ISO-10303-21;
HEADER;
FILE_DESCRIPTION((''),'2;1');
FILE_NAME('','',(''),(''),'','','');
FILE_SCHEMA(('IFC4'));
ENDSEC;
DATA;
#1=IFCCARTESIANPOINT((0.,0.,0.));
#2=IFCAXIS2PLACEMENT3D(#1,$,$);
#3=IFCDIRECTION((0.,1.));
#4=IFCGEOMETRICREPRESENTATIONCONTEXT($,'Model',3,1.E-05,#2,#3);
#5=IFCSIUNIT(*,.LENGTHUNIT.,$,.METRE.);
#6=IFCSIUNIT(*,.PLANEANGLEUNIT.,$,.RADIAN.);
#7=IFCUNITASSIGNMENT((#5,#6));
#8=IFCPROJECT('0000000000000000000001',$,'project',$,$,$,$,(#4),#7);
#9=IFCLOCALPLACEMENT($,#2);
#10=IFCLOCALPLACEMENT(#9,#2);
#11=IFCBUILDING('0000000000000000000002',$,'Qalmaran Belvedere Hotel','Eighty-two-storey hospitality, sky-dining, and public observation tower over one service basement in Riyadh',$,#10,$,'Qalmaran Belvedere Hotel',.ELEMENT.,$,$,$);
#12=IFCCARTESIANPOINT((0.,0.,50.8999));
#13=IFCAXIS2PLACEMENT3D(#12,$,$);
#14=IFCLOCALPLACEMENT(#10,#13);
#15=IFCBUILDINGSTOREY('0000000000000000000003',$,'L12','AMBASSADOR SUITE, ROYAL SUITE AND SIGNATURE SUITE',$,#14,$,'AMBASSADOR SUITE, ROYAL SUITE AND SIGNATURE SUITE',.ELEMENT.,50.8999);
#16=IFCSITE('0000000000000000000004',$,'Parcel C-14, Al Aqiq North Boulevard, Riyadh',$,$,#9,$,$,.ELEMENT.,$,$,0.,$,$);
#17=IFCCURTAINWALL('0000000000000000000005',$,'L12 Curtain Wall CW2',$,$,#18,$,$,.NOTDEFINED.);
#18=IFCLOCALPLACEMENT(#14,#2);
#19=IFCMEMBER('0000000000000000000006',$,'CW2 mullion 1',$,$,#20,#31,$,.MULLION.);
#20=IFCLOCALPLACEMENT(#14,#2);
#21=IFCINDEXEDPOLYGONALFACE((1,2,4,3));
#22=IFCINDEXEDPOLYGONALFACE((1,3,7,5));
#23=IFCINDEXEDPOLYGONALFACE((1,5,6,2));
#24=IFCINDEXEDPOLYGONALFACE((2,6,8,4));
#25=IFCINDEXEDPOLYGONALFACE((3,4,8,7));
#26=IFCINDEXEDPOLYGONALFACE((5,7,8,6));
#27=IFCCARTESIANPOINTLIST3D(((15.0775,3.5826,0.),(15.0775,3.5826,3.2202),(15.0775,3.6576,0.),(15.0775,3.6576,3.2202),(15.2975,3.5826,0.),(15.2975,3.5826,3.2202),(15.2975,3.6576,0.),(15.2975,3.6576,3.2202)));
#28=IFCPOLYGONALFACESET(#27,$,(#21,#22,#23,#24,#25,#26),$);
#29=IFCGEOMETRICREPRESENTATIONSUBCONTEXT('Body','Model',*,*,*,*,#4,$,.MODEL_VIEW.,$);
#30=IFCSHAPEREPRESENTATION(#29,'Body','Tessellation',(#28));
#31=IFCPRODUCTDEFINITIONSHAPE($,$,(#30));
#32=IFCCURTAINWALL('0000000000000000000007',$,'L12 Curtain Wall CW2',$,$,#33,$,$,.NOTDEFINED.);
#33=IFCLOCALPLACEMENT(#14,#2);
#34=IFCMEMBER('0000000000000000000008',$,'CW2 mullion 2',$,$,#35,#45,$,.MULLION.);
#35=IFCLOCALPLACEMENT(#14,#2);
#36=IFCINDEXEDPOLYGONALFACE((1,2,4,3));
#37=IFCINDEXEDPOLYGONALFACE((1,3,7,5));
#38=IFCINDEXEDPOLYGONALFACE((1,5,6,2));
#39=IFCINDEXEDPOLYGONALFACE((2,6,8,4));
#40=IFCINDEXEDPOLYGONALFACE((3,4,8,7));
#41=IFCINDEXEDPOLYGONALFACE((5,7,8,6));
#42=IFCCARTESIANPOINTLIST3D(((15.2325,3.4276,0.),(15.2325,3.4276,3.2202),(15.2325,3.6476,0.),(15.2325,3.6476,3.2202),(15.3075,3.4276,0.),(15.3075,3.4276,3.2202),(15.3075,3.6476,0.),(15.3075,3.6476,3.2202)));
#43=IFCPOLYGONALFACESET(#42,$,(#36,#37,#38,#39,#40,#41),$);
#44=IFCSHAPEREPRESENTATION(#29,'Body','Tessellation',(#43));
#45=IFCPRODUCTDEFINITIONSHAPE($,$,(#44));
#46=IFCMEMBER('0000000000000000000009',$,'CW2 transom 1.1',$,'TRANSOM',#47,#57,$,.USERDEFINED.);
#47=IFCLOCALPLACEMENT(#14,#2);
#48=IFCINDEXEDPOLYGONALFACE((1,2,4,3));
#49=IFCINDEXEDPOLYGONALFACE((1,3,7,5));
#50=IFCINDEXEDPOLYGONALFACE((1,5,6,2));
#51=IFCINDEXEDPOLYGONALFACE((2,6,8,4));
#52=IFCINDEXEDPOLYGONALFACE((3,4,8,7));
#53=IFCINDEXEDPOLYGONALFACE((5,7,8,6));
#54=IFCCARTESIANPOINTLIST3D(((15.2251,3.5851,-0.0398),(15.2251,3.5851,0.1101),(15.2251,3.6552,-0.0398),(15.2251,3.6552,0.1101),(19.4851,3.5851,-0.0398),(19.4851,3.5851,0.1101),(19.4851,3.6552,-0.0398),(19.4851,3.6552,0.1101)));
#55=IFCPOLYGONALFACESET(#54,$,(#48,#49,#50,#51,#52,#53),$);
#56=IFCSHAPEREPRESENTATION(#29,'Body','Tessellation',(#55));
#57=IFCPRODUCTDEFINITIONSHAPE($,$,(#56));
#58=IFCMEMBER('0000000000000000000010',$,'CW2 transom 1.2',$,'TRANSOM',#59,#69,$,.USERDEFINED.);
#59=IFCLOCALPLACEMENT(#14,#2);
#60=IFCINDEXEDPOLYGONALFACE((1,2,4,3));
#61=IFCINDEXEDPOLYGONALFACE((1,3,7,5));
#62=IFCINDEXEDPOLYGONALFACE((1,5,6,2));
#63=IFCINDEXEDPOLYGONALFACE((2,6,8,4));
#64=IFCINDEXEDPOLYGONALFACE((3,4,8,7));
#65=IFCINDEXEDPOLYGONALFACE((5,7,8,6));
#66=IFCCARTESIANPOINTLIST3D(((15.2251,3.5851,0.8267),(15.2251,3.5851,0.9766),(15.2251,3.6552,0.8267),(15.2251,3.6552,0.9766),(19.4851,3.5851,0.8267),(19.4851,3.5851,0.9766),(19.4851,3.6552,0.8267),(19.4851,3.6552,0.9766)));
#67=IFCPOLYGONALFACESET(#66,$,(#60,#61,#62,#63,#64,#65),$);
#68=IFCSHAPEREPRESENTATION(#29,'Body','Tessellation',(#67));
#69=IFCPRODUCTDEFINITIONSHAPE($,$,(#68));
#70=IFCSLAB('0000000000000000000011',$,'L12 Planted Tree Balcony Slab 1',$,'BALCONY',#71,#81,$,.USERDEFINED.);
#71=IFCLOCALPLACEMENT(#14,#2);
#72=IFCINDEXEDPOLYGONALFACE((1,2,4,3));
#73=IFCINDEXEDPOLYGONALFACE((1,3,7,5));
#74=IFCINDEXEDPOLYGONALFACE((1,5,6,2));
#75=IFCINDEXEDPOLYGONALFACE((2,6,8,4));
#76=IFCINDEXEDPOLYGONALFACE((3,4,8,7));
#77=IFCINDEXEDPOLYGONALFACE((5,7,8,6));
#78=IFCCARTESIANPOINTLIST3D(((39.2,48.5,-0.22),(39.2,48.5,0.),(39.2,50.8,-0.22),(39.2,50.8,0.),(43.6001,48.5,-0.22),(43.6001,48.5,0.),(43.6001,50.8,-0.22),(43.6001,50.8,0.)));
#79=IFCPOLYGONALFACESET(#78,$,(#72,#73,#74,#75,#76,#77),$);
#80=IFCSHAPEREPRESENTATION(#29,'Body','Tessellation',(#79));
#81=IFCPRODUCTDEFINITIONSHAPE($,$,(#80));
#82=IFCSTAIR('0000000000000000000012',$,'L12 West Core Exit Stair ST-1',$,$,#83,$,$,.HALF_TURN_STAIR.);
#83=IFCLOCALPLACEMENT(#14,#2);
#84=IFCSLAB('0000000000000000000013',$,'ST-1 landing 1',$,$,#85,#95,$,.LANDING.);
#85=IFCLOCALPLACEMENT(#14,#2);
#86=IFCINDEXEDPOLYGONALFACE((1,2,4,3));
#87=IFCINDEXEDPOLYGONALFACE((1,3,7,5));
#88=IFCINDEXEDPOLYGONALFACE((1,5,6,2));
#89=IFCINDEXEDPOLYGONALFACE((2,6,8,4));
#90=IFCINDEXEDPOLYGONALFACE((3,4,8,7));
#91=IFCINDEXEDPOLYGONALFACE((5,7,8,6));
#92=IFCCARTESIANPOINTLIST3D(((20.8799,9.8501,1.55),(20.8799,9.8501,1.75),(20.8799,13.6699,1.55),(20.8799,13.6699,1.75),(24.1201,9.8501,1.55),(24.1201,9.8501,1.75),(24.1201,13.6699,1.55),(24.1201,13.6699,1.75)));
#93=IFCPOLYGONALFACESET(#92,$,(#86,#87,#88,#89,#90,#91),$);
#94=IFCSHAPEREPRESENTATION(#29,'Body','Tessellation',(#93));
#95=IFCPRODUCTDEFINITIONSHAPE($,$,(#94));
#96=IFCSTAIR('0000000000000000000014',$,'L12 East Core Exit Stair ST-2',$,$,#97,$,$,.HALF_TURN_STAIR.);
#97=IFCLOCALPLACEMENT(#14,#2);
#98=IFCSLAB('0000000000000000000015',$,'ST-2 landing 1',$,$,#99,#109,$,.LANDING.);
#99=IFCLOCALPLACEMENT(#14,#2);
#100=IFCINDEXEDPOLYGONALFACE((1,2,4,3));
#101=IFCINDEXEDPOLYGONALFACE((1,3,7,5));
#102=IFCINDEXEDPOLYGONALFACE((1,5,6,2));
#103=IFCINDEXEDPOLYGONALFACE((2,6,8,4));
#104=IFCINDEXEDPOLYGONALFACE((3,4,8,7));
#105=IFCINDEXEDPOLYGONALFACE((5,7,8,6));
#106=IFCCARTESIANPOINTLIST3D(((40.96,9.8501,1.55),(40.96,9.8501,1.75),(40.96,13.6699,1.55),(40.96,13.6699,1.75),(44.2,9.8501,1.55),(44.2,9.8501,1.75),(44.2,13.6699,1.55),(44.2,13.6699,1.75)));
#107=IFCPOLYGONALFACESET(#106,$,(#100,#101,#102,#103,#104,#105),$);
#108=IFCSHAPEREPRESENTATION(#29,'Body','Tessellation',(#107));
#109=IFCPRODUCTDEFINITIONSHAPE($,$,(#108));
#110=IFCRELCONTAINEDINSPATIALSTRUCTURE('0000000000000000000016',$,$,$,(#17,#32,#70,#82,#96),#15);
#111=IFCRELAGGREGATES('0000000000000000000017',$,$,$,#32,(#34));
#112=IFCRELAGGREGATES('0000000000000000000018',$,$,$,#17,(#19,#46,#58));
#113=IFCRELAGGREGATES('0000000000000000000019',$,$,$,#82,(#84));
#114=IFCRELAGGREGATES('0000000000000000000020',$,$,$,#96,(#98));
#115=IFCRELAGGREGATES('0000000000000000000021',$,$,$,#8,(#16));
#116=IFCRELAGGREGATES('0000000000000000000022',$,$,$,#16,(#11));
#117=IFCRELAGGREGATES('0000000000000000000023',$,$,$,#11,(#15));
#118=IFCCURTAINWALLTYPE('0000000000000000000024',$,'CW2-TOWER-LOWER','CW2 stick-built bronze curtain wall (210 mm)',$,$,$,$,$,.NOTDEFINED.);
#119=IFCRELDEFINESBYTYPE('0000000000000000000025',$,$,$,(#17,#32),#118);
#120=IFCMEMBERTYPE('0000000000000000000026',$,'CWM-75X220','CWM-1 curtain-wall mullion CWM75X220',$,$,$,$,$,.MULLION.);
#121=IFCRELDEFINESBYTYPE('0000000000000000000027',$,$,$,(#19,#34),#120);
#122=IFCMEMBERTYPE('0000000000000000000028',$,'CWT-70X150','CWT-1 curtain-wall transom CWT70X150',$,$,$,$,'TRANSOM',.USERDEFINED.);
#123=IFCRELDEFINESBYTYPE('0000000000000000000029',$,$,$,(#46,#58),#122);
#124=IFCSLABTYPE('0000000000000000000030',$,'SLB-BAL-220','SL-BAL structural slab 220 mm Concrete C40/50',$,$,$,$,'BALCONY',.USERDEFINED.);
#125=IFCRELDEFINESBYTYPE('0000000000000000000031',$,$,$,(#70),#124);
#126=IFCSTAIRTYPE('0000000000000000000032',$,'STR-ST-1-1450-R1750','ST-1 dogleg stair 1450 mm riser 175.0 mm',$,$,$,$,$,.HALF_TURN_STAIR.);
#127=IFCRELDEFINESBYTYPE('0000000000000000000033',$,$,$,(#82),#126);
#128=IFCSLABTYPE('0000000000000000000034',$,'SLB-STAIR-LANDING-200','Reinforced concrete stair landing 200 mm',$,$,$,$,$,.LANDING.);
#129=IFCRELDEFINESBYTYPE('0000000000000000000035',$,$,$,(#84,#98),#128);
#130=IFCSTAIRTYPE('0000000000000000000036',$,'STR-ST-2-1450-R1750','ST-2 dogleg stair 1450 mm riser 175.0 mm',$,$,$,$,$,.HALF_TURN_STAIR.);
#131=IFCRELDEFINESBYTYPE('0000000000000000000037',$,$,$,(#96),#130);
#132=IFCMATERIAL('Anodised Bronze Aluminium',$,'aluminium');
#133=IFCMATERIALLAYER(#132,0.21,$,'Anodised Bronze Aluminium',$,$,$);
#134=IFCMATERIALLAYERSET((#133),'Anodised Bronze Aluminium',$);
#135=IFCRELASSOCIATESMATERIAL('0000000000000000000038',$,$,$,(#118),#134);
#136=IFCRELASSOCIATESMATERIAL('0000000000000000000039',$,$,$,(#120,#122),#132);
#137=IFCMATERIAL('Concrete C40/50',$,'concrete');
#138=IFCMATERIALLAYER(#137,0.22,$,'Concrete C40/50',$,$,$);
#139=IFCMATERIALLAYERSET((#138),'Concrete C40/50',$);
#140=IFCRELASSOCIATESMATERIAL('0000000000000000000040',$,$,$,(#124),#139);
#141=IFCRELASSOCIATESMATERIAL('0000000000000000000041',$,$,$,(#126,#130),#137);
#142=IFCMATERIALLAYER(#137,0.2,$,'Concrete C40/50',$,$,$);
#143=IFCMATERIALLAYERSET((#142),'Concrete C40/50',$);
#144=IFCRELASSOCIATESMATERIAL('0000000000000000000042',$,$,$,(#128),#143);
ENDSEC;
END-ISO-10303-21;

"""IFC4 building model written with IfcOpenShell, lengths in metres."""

from ifc_helpers import new_model, si_unit, direction, frame, origin, origin_2d, place, context, subcontext, project, spatial, polyline, rectangle, outline, extrude, material, layer, layer_set, material_profile, profile_set, type_object, element, aggregate, save


model = new_model("IFC4")

# Units and contexts
model_context = context("Model", 3, precision=1e-05, world=origin(), true_north=direction((0.0, 1.0)))
body_context = subcontext(model_context, "Body", "Model", "MODEL_VIEW")
ifc_project = project(units=[si_unit("LENGTHUNIT", "METRE"), si_unit("PLANEANGLEUNIT", "RADIAN")], contexts=[model_context])

# Site, building, storey
site_placement = place(None, origin())
site = spatial("IfcSite", under=ifc_project, at=site_placement, Name="Parcel C-14, Al Aqiq North Boulevard, Riyadh", CompositionType="ELEMENT", RefElevation=0.0)
building_placement = place(site_placement, origin())
building = spatial("IfcBuilding", under=site, at=building_placement, Name="Qalmaran Belvedere Hotel", Description="Eighty-two-storey hospitality, sky-dining, and public observation tower over one service basement in Riyadh", LongName="Qalmaran Belvedere Hotel", CompositionType="ELEMENT")
storey_placement = place(building_placement, frame((0.0, 0.0, 50.8999)))
storey = spatial("IfcBuildingStorey", under=building, at=storey_placement, Name="L12", Description="AMBASSADOR SUITE, ROYAL SUITE AND SIGNATURE SUITE", LongName="AMBASSADOR SUITE, ROYAL SUITE AND SIGNATURE SUITE", CompositionType="ELEMENT", Elevation=50.8999)

# Curtain walls, members
ifc_material_1 = material(Name="Anodised Bronze Aluminium", Category="aluminium")
ifc_layer_1 = layer(ifc_material_1, 0.21, Name="Anodised Bronze Aluminium")
ifc_layer_set_1 = layer_set([ifc_layer_1], Name="Anodised Bronze Aluminium")
curtain_wall_type = type_object("IfcCurtainWallType", Name="CW2-TOWER-LOWER", Description="CW2 stick-built bronze curtain wall (210 mm)", PredefinedType="NOTDEFINED", material=ifc_layer_set_1)
curtain_wall_1_placement = place(storey_placement, origin())
curtain_wall_1 = element("IfcCurtainWall", 1, at=curtain_wall_1_placement, inside=storey, type_object=curtain_wall_type, Name="L12 Curtain Wall CW2", PredefinedType="NOTDEFINED")
ifc_material_profile_1 = material_profile(ifc_material_1, rectangle(XDim=0.075, YDim=0.22, at=origin_2d()), Name="CWM75X220")
ifc_profile_set_1 = profile_set([ifc_material_profile_1], Name="Anodised Bronze Aluminium")
member_type_1 = type_object("IfcMemberType", Name="CWM-75X220", Description="CWM-1 curtain-wall mullion CWM75X220", PredefinedType="MULLION", material=ifc_profile_set_1)
member_1_placement = place(storey_placement, frame((15.1875, 3.6201, 0.0), z_axis=(0.0, 0.0, 1.0), x_axis=(0.0, 1.0, 0.0)))
member_1 = element("IfcMember", 2, at=member_1_placement, type_object=member_type_1, Name="CW2 mullion 1", PredefinedType="MULLION", context=body_context, shape_type="SweptSolid", body=[
    extrude(rectangle(XDim=0.075, YDim=0.22, at=origin_2d()), origin(), (0.0, 0.0, 1.0), 3.2202),
])
curtain_wall_2_placement = place(storey_placement, origin())
curtain_wall_2 = element("IfcCurtainWall", 3, at=curtain_wall_2_placement, inside=storey, type_object=curtain_wall_type, Name="L12 Curtain Wall CW2", PredefinedType="NOTDEFINED")
member_2_placement = place(storey_placement, frame((15.27, 3.5376, 0.0), z_axis=(0.0, 0.0, 1.0), x_axis=(1.0, 0.0, 0.0)))
member_2 = element("IfcMember", 4, at=member_2_placement, type_object=member_type_1, Name="CW2 mullion 2", PredefinedType="MULLION", context=body_context, shape_type="SweptSolid", body=[
    extrude(rectangle(XDim=0.075, YDim=0.22, at=origin_2d()), origin(), (0.0, 0.0, 1.0), 3.2202),
])
aggregate(curtain_wall_2, [member_2])

# Members
ifc_material_profile_2 = material_profile(ifc_material_1, rectangle(XDim=0.0701, YDim=0.1499, at=origin_2d()), Name="CWT70X150")
ifc_profile_set_2 = profile_set([ifc_material_profile_2], Name="Anodised Bronze Aluminium")
member_type_2 = type_object("IfcMemberType", Name="CWT-70X150", Description="CWT-1 curtain-wall transom CWT70X150", ElementType="TRANSOM", PredefinedType="USERDEFINED", material=ifc_profile_set_2)
member_3_placement = place(storey_placement, frame((15.2251, 3.6201, 0.0352), z_axis=(1.0, 0.0, 0.0), x_axis=(0.0, 1.0, 0.0)))
member_3 = element("IfcMember", 5, at=member_3_placement, type_object=member_type_2, Name="CW2 transom 1.1", ObjectType="TRANSOM", PredefinedType="USERDEFINED", context=body_context, shape_type="SweptSolid", body=[
    extrude(rectangle(XDim=0.0701, YDim=0.1499, at=origin_2d()), origin(), (0.0, 0.0, 1.0), 4.26),
])
member_4_placement = place(storey_placement, frame((15.2251, 3.6201, 0.9016), z_axis=(1.0, 0.0, 0.0), x_axis=(0.0, 1.0, 0.0)))
member_4 = element("IfcMember", 6, at=member_4_placement, type_object=member_type_2, Name="CW2 transom 1.2", ObjectType="TRANSOM", PredefinedType="USERDEFINED", context=body_context, shape_type="SweptSolid", body=[
    extrude(rectangle(XDim=0.0701, YDim=0.1499, at=origin_2d()), origin(), (0.0, 0.0, 1.0), 4.26),
])
aggregate(curtain_wall_1, [member_1, member_3, member_4])

# Slab
ifc_material_2 = material(Name="Concrete C40/50", Category="concrete")
ifc_layer_2 = layer(ifc_material_2, 0.22, Name="Concrete C40/50")
ifc_layer_set_2 = layer_set([ifc_layer_2], Name="Concrete C40/50")
slab_type_1 = type_object("IfcSlabType", Name="SLB-BAL-220", Description="SL-BAL structural slab 220 mm Concrete C40/50", ElementType="BALCONY", PredefinedType="USERDEFINED", material=ifc_layer_set_2)
slab_1_placement = place(storey_placement, frame((0.0, 0.0, -0.22)))
element("IfcSlab", 7, at=slab_1_placement, inside=storey, type_object=slab_type_1, Name="L12 Planted Tree Balcony Slab 1", ObjectType="BALCONY", PredefinedType="USERDEFINED", context=body_context, shape_type="SweptSolid", body=[
    extrude(outline(polyline([(39.2, 48.5), (43.6001, 48.5), (43.6001, 50.8), (39.2, 50.8), (39.2, 48.5)])), origin(), (0.0, 0.0, 1.0), 0.22),
])

# Stairs, slabs
stair_type_1 = type_object("IfcStairType", Name="STR-ST-1-1450-R1750", Description="ST-1 dogleg stair 1450 mm riser 175.0 mm", PredefinedType="HALF_TURN_STAIR", material=ifc_material_2)
stair_1_placement = place(storey_placement, origin())
stair_1 = element("IfcStair", 8, at=stair_1_placement, inside=storey, type_object=stair_type_1, Name="L12 West Core Exit Stair ST-1", PredefinedType="HALF_TURN_STAIR")
ifc_layer_3 = layer(ifc_material_2, 0.2, Name="Concrete C40/50")
ifc_layer_set_3 = layer_set([ifc_layer_3], Name="Concrete C40/50")
slab_type_2 = type_object("IfcSlabType", Name="SLB-STAIR-LANDING-200", Description="Reinforced concrete stair landing 200 mm", PredefinedType="LANDING", material=ifc_layer_set_3)
slab_2_placement = place(storey_placement, frame((0.0, 0.0, 1.55)))
slab_2 = element("IfcSlab", 9, at=slab_2_placement, type_object=slab_type_2, Name="ST-1 landing 1", PredefinedType="LANDING", context=body_context, shape_type="SweptSolid", body=[
    extrude(outline(polyline([(20.8799, 13.6699), (20.8799, 9.8501), (24.1201, 9.8501), (24.1201, 13.6699), (20.8799, 13.6699)])), origin(), (0.0, 0.0, 1.0), 0.2),
])
aggregate(stair_1, [slab_2])
stair_type_2 = type_object("IfcStairType", Name="STR-ST-2-1450-R1750", Description="ST-2 dogleg stair 1450 mm riser 175.0 mm", PredefinedType="HALF_TURN_STAIR", material=ifc_material_2)
stair_2_placement = place(storey_placement, origin())
stair_2 = element("IfcStair", 10, at=stair_2_placement, inside=storey, type_object=stair_type_2, Name="L12 East Core Exit Stair ST-2", PredefinedType="HALF_TURN_STAIR")
slab_3_placement = place(storey_placement, frame((0.0, 0.0, 1.55)))
slab_3 = element("IfcSlab", 11, at=slab_3_placement, type_object=slab_type_2, Name="ST-2 landing 1", PredefinedType="LANDING", context=body_context, shape_type="SweptSolid", body=[
    extrude(outline(polyline([(40.96, 13.6699), (40.96, 9.8501), (44.2, 9.8501), (44.2, 13.6699), (40.96, 13.6699)])), origin(), (0.0, 0.0, 1.0), 0.2),
])
aggregate(stair_2, [slab_3])

save(model, "model.ifc")
